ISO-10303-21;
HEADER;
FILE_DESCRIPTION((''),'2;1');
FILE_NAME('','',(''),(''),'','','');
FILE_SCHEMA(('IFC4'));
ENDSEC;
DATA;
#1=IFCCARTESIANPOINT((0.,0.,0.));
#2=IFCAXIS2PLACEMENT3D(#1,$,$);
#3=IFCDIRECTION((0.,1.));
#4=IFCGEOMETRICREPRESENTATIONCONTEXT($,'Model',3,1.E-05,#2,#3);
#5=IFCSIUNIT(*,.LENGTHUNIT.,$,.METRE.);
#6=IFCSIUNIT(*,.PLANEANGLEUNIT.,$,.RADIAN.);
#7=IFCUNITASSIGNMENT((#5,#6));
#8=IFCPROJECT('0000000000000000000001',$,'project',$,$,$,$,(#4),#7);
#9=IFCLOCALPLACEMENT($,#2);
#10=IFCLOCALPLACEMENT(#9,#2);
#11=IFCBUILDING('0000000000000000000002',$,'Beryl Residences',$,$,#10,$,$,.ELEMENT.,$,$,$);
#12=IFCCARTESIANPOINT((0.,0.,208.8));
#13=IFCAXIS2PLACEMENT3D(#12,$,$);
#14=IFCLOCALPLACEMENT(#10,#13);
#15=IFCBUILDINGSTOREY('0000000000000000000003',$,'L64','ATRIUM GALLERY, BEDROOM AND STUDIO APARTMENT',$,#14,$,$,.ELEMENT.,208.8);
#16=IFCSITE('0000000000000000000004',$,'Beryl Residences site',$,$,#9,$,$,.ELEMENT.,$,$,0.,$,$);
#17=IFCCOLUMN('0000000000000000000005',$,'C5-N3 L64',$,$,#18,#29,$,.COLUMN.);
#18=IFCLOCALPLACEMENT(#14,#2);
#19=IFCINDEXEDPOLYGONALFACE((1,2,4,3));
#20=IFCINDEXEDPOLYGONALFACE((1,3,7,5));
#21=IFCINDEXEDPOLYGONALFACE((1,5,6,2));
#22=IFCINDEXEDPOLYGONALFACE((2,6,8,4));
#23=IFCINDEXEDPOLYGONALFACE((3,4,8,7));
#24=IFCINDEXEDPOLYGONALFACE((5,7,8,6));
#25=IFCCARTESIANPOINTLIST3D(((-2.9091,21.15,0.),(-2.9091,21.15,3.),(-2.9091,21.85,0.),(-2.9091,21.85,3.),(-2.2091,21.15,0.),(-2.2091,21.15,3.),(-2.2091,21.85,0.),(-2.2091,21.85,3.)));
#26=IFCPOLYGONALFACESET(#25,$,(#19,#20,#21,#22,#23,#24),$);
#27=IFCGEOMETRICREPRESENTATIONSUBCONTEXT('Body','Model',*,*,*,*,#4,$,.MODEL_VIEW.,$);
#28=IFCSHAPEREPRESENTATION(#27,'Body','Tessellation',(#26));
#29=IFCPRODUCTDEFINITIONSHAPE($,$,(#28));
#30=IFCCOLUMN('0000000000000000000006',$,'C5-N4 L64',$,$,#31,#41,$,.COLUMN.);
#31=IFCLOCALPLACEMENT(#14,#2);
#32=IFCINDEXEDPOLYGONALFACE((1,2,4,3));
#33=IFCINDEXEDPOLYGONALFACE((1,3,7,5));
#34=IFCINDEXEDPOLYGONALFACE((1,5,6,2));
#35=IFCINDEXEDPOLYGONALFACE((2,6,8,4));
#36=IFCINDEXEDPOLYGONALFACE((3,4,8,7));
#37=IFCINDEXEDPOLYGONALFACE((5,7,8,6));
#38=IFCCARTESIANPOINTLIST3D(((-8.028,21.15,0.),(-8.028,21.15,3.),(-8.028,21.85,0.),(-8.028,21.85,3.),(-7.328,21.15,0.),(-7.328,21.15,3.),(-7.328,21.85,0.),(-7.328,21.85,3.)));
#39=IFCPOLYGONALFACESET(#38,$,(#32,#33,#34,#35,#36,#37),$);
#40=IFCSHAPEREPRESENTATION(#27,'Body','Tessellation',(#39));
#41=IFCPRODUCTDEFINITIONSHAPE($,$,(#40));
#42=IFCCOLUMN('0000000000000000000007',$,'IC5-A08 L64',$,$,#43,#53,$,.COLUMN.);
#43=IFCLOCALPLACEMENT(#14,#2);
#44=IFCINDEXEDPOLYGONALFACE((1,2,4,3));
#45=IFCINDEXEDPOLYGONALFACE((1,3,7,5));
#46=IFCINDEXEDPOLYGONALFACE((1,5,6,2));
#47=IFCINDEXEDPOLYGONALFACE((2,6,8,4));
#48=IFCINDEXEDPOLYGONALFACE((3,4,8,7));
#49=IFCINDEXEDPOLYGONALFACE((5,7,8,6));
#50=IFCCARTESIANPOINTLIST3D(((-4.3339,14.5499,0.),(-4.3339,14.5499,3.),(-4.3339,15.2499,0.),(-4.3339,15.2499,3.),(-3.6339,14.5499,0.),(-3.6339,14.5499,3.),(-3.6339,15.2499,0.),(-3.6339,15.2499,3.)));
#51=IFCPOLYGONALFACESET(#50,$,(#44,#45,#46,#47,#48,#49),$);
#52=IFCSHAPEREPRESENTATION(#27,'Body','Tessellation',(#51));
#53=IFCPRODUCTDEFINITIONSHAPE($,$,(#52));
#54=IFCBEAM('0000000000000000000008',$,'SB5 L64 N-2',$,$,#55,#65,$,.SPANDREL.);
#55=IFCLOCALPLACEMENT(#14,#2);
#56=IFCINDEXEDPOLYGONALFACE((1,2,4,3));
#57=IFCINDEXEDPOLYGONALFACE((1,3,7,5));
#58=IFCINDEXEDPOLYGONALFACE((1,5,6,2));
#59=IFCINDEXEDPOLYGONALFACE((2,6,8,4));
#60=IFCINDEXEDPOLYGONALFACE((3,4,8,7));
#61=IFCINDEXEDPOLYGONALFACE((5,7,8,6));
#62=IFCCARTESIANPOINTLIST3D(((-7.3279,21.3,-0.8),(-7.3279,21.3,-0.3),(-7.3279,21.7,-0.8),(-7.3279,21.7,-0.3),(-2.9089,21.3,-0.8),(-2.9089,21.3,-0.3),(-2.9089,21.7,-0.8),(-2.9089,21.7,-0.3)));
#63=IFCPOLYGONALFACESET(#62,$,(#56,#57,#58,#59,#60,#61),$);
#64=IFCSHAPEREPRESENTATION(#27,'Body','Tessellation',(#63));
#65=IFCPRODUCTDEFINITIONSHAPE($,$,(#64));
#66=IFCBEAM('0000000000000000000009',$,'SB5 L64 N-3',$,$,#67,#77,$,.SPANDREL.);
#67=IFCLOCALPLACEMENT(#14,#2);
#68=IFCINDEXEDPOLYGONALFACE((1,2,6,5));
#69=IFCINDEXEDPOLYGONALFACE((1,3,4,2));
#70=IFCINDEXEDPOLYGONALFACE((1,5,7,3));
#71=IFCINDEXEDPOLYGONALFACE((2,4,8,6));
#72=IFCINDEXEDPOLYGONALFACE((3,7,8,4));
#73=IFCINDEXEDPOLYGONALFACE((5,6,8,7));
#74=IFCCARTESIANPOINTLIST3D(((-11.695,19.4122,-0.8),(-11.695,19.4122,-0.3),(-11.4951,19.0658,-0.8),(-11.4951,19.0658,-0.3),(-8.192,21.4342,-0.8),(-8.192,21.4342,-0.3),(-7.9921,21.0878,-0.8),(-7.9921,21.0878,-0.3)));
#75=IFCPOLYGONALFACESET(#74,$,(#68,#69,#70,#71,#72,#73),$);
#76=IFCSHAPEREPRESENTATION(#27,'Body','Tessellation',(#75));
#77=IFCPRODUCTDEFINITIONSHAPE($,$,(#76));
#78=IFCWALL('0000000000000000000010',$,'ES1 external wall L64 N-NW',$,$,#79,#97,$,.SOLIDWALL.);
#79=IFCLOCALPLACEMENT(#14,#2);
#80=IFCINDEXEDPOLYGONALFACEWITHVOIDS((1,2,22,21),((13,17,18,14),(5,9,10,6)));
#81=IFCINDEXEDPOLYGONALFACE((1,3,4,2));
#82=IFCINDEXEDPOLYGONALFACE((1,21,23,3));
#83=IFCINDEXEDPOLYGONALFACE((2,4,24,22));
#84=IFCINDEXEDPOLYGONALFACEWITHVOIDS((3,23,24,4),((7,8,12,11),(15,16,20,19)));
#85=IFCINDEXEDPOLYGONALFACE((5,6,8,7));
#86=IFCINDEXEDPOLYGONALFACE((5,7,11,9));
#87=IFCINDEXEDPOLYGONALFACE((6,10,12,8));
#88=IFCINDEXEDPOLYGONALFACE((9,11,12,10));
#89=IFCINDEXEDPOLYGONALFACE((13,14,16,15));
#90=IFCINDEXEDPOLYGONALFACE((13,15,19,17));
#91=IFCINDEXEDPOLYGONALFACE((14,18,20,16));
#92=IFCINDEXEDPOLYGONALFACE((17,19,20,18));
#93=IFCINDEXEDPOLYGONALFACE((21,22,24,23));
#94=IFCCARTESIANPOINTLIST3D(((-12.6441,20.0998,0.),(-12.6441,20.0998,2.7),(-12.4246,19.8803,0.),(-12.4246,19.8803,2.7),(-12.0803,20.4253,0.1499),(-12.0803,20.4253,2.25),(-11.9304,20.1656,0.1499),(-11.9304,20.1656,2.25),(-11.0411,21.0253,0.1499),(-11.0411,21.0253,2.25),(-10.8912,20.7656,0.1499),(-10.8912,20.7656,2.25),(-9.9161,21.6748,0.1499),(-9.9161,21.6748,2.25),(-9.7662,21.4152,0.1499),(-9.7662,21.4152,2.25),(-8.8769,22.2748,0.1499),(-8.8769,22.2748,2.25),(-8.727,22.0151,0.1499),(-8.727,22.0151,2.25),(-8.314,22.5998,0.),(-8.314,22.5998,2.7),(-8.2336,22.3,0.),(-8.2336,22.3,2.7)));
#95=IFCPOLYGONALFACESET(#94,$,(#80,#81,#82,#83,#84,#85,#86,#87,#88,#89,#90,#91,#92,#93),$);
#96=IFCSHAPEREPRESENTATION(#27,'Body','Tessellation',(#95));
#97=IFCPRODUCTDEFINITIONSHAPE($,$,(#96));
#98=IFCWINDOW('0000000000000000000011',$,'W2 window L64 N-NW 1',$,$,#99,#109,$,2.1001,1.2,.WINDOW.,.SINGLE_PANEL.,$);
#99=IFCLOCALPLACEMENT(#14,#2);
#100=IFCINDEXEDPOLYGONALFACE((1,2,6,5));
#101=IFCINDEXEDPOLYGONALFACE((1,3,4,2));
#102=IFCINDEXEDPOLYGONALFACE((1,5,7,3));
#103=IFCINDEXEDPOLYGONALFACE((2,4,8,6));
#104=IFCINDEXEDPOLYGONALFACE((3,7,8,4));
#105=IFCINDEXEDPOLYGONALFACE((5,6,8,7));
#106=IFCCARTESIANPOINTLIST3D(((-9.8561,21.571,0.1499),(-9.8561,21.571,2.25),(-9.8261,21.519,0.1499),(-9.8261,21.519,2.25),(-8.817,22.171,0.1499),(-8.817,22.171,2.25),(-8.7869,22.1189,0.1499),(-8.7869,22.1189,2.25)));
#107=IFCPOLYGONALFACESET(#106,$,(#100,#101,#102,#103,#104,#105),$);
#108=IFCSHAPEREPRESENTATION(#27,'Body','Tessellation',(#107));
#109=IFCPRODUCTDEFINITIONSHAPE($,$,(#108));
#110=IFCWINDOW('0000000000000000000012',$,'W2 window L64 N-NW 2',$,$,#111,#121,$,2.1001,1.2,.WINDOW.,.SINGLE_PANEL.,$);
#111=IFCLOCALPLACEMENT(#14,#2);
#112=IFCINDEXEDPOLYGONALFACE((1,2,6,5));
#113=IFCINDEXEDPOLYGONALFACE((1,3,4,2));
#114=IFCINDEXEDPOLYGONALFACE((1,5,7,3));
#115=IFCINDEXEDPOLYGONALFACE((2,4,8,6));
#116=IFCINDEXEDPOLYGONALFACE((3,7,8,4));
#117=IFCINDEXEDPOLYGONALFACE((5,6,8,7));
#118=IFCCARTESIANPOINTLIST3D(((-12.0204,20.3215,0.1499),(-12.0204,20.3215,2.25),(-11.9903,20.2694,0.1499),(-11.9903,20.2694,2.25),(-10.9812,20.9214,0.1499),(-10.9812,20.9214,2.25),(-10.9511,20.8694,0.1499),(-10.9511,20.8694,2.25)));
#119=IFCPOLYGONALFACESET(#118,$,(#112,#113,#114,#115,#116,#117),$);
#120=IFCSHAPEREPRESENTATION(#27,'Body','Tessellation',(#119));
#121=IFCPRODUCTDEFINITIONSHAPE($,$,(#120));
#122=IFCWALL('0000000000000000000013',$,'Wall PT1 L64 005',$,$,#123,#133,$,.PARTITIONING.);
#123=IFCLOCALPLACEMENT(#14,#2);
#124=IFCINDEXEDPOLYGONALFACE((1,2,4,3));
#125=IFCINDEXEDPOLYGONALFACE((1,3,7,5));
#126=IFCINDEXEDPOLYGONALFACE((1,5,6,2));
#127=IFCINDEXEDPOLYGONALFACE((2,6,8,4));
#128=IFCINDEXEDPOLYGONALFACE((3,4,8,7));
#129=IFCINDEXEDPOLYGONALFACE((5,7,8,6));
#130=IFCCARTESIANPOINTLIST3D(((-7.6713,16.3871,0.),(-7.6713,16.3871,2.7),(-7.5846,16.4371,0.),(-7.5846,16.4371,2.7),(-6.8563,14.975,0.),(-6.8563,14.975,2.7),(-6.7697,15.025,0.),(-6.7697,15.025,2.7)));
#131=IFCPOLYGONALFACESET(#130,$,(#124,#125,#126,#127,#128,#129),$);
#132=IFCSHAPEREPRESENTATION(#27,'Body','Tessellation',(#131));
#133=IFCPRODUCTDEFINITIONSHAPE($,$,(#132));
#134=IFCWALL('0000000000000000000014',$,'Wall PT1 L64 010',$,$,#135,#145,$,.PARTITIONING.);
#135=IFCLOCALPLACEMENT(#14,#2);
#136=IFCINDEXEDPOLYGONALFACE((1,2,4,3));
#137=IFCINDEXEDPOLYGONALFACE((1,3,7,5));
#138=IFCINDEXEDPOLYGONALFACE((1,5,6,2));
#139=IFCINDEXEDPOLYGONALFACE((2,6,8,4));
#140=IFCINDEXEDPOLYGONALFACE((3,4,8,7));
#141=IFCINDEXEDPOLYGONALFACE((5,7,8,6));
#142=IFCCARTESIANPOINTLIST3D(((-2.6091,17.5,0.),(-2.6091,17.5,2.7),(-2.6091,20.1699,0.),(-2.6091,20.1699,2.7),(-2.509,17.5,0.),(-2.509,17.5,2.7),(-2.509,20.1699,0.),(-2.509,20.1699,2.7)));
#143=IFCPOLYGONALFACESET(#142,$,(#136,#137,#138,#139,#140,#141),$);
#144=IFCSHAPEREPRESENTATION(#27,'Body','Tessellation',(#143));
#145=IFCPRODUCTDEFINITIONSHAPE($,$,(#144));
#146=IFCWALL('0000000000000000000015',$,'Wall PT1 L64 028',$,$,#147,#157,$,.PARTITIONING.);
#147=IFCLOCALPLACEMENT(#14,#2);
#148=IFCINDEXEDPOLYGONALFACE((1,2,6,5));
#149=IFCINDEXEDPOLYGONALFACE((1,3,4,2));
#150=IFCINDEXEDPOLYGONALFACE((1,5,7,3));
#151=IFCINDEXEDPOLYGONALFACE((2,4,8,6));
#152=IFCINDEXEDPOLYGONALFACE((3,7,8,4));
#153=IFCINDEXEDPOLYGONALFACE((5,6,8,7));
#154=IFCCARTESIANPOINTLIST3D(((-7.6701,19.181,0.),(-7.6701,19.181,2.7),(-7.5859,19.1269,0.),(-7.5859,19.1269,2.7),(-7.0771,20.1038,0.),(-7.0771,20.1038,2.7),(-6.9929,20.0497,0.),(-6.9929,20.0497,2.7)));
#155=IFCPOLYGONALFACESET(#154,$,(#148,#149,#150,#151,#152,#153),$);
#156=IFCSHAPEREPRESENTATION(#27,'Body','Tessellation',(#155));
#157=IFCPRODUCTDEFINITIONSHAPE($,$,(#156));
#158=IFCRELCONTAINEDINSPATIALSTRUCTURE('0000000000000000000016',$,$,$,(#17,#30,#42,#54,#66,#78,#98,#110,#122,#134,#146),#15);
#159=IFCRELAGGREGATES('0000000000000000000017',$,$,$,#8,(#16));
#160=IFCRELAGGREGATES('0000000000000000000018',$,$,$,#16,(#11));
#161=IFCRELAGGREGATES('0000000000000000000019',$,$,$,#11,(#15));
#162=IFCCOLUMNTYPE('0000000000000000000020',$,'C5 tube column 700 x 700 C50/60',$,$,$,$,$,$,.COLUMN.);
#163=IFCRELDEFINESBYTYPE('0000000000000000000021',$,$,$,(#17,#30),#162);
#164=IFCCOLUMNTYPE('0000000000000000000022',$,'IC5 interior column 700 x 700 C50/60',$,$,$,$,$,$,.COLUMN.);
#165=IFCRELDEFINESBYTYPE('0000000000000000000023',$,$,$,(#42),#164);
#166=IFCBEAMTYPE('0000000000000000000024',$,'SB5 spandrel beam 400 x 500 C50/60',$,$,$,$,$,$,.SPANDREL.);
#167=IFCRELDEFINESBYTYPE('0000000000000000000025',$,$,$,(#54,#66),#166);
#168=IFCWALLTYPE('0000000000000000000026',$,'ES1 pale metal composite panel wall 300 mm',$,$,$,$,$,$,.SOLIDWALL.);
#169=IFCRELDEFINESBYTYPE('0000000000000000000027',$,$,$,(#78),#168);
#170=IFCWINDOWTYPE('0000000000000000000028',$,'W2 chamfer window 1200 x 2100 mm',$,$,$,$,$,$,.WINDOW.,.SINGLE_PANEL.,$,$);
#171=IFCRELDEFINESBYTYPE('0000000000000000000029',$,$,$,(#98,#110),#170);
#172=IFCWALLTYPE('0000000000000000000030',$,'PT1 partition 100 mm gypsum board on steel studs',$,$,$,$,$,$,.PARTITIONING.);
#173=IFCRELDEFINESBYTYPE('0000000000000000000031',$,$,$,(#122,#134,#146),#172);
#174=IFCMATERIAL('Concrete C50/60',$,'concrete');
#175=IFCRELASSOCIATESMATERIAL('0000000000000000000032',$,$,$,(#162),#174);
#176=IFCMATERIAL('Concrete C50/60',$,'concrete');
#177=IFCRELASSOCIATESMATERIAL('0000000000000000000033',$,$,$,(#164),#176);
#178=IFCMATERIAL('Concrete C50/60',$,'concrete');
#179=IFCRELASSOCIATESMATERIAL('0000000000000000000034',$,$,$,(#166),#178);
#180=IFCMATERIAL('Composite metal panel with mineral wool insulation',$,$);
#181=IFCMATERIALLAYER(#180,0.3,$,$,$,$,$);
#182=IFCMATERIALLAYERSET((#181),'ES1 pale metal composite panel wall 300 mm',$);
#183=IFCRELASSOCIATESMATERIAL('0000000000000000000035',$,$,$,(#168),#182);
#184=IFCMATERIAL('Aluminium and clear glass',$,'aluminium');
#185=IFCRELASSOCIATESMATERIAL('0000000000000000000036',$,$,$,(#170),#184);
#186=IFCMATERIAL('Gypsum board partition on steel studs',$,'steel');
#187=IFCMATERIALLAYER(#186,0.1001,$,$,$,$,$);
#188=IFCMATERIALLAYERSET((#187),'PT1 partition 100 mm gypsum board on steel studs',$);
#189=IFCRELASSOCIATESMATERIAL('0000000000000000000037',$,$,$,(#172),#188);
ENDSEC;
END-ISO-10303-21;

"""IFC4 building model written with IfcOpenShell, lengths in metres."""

from ifc_helpers import new_model, si_unit, direction, frame, frame_2d, origin, origin_2d, place, context, subcontext, project, spatial, polyline, rectangle, outline, extrude, material, layer, layer_set, material_profile, profile_set, type_object, element, fill, save


model = new_model("IFC4")

# Units and contexts
model_context = context("Model", 3, precision=1e-05, world=origin(), true_north=direction((0.0, 1.0)))
body_context = subcontext(model_context, "Body", "Model", "MODEL_VIEW")
ifc_project = project(units=[si_unit("LENGTHUNIT", "METRE"), si_unit("PLANEANGLEUNIT", "RADIAN")], contexts=[model_context])

# Site, building, storey
site_placement = place(None, origin())
site = spatial("IfcSite", under=ifc_project, at=site_placement, Name="Beryl Residences site", CompositionType="ELEMENT", RefElevation=0.0)
building_placement = place(site_placement, origin())
building = spatial("IfcBuilding", under=site, at=building_placement, Name="Beryl Residences", CompositionType="ELEMENT")
storey_placement = place(building_placement, frame((0.0, 0.0, 208.8)))
storey = spatial("IfcBuildingStorey", under=building, at=storey_placement, Name="L64", Description="ATRIUM GALLERY, BEDROOM AND STUDIO APARTMENT", CompositionType="ELEMENT", Elevation=208.8)

# Columns
ifc_material_1 = material(Name="Concrete C50/60", Category="concrete")
ifc_material_profile_1 = material_profile(ifc_material_1, rectangle(XDim=0.7, YDim=0.7, at=origin_2d()))
ifc_profile_set_1 = profile_set([ifc_material_profile_1], Name="Concrete C50/60")
column_type_1 = type_object("IfcColumnType", Name="C5 tube column 700 x 700 C50/60", PredefinedType="COLUMN", material=ifc_profile_set_1)
for number, where, z_axis, x_axis, name in (
    (1, (-2.5591, 21.5, 0.0), (0.0, 0.0, 1.0), (-1.0, 0.0, 0.0), "C5-N3 L64"),
    (2, (-7.678, 21.5, 0.0), (0.0, 0.0, 1.0), (-1.0, 0.0, 0.0), "C5-N4 L64"),
):
    element("IfcColumn", number, at=place(storey_placement, frame(where, z_axis=z_axis, x_axis=x_axis)), inside=storey, type_object=column_type_1, Name=name, PredefinedType="COLUMN", context=body_context, shape_type="SweptSolid", body=[
        extrude(rectangle(XDim=0.7, YDim=0.7, at=origin_2d()), origin(), (0.0, 0.0, 1.0), 3.0),
    ])
ifc_material_2 = material(Name="Concrete C50/60", Category="concrete")
ifc_material_profile_2 = material_profile(ifc_material_2, rectangle(XDim=0.7, YDim=0.7, at=origin_2d()))
ifc_profile_set_2 = profile_set([ifc_material_profile_2], Name="Concrete C50/60")
column_type_2 = type_object("IfcColumnType", Name="IC5 interior column 700 x 700 C50/60", PredefinedType="COLUMN", material=ifc_profile_set_2)
column_placement = place(storey_placement, frame((-3.9839, 14.8999, 0.0), z_axis=(0.0, 0.0, 1.0), x_axis=(1.0, 0.0, 0.0)))
element("IfcColumn", 3, at=column_placement, inside=storey, type_object=column_type_2, Name="IC5-A08 L64", PredefinedType="COLUMN", context=body_context, shape_type="SweptSolid", body=[
    extrude(rectangle(XDim=0.7, YDim=0.7, at=origin_2d()), origin(), (0.0, 0.0, 1.0), 3.0),
])

# Beams
ifc_material_3 = material(Name="Concrete C50/60", Category="concrete")
ifc_material_profile_3 = material_profile(ifc_material_3, rectangle(XDim=0.3999, YDim=0.5, at=origin_2d()))
ifc_profile_set_3 = profile_set([ifc_material_profile_3], Name="Concrete C50/60")
beam_type = type_object("IfcBeamType", Name="SB5 spandrel beam 400 x 500 C50/60", PredefinedType="SPANDREL", material=ifc_profile_set_3)
beam_1_placement = place(storey_placement, frame((-2.9089, 21.5, -0.55), z_axis=(-1.0, 0.0, 0.0), x_axis=(0.0, -1.0, 0.0)))
element("IfcBeam", 4, at=beam_1_placement, inside=storey, type_object=beam_type, Name="SB5 L64 N-2", PredefinedType="SPANDREL", context=body_context, shape_type="SweptSolid", body=[
    extrude(rectangle(XDim=0.3999, YDim=0.5, at=origin_2d()), origin(), (0.0, 0.0, 1.0), 4.4189),
])
beam_2_placement = place(storey_placement, frame((-8.092, 21.261, -0.55), z_axis=(-0.866073, -0.499918, 0.0), x_axis=(0.499918, -0.866073, 0.0)))
element("IfcBeam", 5, at=beam_2_placement, inside=storey, type_object=beam_type, Name="SB5 L64 N-3", PredefinedType="SPANDREL", context=body_context, shape_type="SweptSolid", body=[
    extrude(rectangle(XDim=0.3999, YDim=0.5, at=origin_2d()), origin(), (0.0, 0.0, 1.0), 4.0447),
])

# Wall, openings, windows
ifc_material_4 = material(Name="Composite metal panel with mineral wool insulation")
ifc_layer_1 = layer(ifc_material_4, 0.3)
ifc_layer_set_1 = layer_set([ifc_layer_1], Name="ES1 pale metal composite panel wall 300 mm")
wall_type_1 = type_object("IfcWallType", Name="ES1 pale metal composite panel wall 300 mm", PredefinedType="SOLIDWALL", material=ifc_layer_set_1)
wall_1_placement = place(storey_placement, frame((-8.239, 22.47, 0.0), z_axis=(0.0, 0.0, 1.0), x_axis=(-0.866023, -0.500004, 0.0)))
wall_1 = element("IfcWall", 6, at=wall_1_placement, inside=storey, type_object=wall_type_1, Name="ES1 external wall L64 N-NW", PredefinedType="SOLIDWALL", context=body_context, shape_type="SweptSolid", body=[
    extrude(outline(polyline([(0.0, -0.1499), (5.0, -0.1499), (4.9197, 0.1499), (0.0803, 0.1499), (0.0, -0.1499)])), origin(), (0.0, 0.0, 1.0), 2.7),
])
opening_1_placement = place(wall_1_placement, frame((0.6499, 0.0, 0.1499)))
opening_1 = element("IfcOpeningElement", 7, at=opening_1_placement, cuts=wall_1, PredefinedType="OPENING", context=body_context, shape_type="SweptSolid", body=[
    extrude(rectangle(XDim=1.2, YDim=2.1001, at=frame_2d((0.6001, 1.05))), frame((0.0, 0.1599, 0.0), z_axis=(0.0, -1.0, 0.0), x_axis=(1.0, 0.0, 0.0)), (0.0, 0.0, 1.0), 0.3201),
])
opening_2_placement = place(wall_1_placement, frame((3.1489, 0.0, 0.1499)))
opening_2 = element("IfcOpeningElement", 8, at=opening_2_placement, cuts=wall_1, PredefinedType="OPENING", context=body_context, shape_type="SweptSolid", body=[
    extrude(rectangle(XDim=1.2, YDim=2.1001, at=frame_2d((0.6001, 1.05))), frame((0.0, 0.1599, 0.0), z_axis=(0.0, -1.0, 0.0), x_axis=(1.0, 0.0, 0.0)), (0.0, 0.0, 1.0), 0.3201),
])
ifc_material_5 = material(Name="Aluminium and clear glass", Category="aluminium")
window_type = type_object("IfcWindowType", Name="W2 chamfer window 1200 x 2100 mm", PartitioningType="SINGLE_PANEL", PredefinedType="WINDOW", material=ifc_material_5)
window_1_placement = place(opening_1_placement, origin())
window_1 = element("IfcWindow", 9, at=window_1_placement, inside=storey, type_object=window_type, Name="W2 window L64 N-NW 1", OverallHeight=2.1001, OverallWidth=1.2, PartitioningType="SINGLE_PANEL", PredefinedType="WINDOW", context=body_context, shape_type="SweptSolid", body=[
    extrude(rectangle(XDim=1.2, YDim=2.1001, at=frame_2d((0.6001, 1.05))), frame((0.0, 0.03, 0.0), z_axis=(0.0, -1.0, 0.0), x_axis=(1.0, 0.0, 0.0)), (0.0, 0.0, 1.0), 0.0601),
])
fill(opening_1, window_1)
window_2_placement = place(opening_2_placement, origin())
window_2 = element("IfcWindow", 10, at=window_2_placement, inside=storey, type_object=window_type, Name="W2 window L64 N-NW 2", OverallHeight=2.1001, OverallWidth=1.2, PartitioningType="SINGLE_PANEL", PredefinedType="WINDOW", context=body_context, shape_type="SweptSolid", body=[
    extrude(rectangle(XDim=1.2, YDim=2.1001, at=frame_2d((0.6001, 1.05))), frame((0.0, 0.03, 0.0), z_axis=(0.0, -1.0, 0.0), x_axis=(1.0, 0.0, 0.0)), (0.0, 0.0, 1.0), 0.0601),
])
fill(opening_2, window_2)

# Walls
ifc_material_6 = material(Name="Gypsum board partition on steel studs", Category="steel")
ifc_layer_2 = layer(ifc_material_6, 0.1001)
ifc_layer_set_2 = layer_set([ifc_layer_2], Name="PT1 partition 100 mm gypsum board on steel studs")
wall_type_2 = type_object("IfcWallType", Name="PT1 partition 100 mm gypsum board on steel studs", PredefinedType="PARTITIONING", material=ifc_layer_set_2)
wall_2_placement = place(storey_placement, frame((-7.6279, 16.4121, 0.0), z_axis=(0.0, 0.0, 1.0), x_axis=(0.499843, -0.866116, 0.0)))
element("IfcWall", 11, at=wall_2_placement, inside=storey, type_object=wall_type_2, Name="Wall PT1 L64 005", PredefinedType="PARTITIONING", context=body_context, shape_type="SweptSolid", body=[
    extrude(rectangle(XDim=1.6304, YDim=0.1001, at=frame_2d((0.8152, 0.0))), origin(), (0.0, 0.0, 1.0), 2.7),
])
wall_3_placement = place(storey_placement, frame((-2.5591, 20.1699, 0.0), z_axis=(0.0, 0.0, 1.0), x_axis=(0.0, -1.0, 0.0)))
element("IfcWall", 12, at=wall_3_placement, inside=storey, type_object=wall_type_2, Name="Wall PT1 L64 010", PredefinedType="PARTITIONING", context=body_context, shape_type="SweptSolid", body=[
    extrude(rectangle(XDim=2.6699, YDim=0.1001, at=frame_2d((1.335, 0.0))), origin(), (0.0, 0.0, 1.0), 2.7),
])
wall_4_placement = place(storey_placement, frame((-7.6279, 19.1541, 0.0), z_axis=(0.0, 0.0, 1.0), x_axis=(0.5406, 0.84128, 0.0)))
element("IfcWall", 13, at=wall_4_placement, inside=storey, type_object=wall_type_2, Name="Wall PT1 L64 028", PredefinedType="PARTITIONING", context=body_context, shape_type="SweptSolid", body=[
    extrude(rectangle(XDim=1.0969, YDim=0.1001, at=frame_2d((0.5483, 0.0))), origin(), (0.0, 0.0, 1.0), 2.7),
])

save(model, "model.ifc")
